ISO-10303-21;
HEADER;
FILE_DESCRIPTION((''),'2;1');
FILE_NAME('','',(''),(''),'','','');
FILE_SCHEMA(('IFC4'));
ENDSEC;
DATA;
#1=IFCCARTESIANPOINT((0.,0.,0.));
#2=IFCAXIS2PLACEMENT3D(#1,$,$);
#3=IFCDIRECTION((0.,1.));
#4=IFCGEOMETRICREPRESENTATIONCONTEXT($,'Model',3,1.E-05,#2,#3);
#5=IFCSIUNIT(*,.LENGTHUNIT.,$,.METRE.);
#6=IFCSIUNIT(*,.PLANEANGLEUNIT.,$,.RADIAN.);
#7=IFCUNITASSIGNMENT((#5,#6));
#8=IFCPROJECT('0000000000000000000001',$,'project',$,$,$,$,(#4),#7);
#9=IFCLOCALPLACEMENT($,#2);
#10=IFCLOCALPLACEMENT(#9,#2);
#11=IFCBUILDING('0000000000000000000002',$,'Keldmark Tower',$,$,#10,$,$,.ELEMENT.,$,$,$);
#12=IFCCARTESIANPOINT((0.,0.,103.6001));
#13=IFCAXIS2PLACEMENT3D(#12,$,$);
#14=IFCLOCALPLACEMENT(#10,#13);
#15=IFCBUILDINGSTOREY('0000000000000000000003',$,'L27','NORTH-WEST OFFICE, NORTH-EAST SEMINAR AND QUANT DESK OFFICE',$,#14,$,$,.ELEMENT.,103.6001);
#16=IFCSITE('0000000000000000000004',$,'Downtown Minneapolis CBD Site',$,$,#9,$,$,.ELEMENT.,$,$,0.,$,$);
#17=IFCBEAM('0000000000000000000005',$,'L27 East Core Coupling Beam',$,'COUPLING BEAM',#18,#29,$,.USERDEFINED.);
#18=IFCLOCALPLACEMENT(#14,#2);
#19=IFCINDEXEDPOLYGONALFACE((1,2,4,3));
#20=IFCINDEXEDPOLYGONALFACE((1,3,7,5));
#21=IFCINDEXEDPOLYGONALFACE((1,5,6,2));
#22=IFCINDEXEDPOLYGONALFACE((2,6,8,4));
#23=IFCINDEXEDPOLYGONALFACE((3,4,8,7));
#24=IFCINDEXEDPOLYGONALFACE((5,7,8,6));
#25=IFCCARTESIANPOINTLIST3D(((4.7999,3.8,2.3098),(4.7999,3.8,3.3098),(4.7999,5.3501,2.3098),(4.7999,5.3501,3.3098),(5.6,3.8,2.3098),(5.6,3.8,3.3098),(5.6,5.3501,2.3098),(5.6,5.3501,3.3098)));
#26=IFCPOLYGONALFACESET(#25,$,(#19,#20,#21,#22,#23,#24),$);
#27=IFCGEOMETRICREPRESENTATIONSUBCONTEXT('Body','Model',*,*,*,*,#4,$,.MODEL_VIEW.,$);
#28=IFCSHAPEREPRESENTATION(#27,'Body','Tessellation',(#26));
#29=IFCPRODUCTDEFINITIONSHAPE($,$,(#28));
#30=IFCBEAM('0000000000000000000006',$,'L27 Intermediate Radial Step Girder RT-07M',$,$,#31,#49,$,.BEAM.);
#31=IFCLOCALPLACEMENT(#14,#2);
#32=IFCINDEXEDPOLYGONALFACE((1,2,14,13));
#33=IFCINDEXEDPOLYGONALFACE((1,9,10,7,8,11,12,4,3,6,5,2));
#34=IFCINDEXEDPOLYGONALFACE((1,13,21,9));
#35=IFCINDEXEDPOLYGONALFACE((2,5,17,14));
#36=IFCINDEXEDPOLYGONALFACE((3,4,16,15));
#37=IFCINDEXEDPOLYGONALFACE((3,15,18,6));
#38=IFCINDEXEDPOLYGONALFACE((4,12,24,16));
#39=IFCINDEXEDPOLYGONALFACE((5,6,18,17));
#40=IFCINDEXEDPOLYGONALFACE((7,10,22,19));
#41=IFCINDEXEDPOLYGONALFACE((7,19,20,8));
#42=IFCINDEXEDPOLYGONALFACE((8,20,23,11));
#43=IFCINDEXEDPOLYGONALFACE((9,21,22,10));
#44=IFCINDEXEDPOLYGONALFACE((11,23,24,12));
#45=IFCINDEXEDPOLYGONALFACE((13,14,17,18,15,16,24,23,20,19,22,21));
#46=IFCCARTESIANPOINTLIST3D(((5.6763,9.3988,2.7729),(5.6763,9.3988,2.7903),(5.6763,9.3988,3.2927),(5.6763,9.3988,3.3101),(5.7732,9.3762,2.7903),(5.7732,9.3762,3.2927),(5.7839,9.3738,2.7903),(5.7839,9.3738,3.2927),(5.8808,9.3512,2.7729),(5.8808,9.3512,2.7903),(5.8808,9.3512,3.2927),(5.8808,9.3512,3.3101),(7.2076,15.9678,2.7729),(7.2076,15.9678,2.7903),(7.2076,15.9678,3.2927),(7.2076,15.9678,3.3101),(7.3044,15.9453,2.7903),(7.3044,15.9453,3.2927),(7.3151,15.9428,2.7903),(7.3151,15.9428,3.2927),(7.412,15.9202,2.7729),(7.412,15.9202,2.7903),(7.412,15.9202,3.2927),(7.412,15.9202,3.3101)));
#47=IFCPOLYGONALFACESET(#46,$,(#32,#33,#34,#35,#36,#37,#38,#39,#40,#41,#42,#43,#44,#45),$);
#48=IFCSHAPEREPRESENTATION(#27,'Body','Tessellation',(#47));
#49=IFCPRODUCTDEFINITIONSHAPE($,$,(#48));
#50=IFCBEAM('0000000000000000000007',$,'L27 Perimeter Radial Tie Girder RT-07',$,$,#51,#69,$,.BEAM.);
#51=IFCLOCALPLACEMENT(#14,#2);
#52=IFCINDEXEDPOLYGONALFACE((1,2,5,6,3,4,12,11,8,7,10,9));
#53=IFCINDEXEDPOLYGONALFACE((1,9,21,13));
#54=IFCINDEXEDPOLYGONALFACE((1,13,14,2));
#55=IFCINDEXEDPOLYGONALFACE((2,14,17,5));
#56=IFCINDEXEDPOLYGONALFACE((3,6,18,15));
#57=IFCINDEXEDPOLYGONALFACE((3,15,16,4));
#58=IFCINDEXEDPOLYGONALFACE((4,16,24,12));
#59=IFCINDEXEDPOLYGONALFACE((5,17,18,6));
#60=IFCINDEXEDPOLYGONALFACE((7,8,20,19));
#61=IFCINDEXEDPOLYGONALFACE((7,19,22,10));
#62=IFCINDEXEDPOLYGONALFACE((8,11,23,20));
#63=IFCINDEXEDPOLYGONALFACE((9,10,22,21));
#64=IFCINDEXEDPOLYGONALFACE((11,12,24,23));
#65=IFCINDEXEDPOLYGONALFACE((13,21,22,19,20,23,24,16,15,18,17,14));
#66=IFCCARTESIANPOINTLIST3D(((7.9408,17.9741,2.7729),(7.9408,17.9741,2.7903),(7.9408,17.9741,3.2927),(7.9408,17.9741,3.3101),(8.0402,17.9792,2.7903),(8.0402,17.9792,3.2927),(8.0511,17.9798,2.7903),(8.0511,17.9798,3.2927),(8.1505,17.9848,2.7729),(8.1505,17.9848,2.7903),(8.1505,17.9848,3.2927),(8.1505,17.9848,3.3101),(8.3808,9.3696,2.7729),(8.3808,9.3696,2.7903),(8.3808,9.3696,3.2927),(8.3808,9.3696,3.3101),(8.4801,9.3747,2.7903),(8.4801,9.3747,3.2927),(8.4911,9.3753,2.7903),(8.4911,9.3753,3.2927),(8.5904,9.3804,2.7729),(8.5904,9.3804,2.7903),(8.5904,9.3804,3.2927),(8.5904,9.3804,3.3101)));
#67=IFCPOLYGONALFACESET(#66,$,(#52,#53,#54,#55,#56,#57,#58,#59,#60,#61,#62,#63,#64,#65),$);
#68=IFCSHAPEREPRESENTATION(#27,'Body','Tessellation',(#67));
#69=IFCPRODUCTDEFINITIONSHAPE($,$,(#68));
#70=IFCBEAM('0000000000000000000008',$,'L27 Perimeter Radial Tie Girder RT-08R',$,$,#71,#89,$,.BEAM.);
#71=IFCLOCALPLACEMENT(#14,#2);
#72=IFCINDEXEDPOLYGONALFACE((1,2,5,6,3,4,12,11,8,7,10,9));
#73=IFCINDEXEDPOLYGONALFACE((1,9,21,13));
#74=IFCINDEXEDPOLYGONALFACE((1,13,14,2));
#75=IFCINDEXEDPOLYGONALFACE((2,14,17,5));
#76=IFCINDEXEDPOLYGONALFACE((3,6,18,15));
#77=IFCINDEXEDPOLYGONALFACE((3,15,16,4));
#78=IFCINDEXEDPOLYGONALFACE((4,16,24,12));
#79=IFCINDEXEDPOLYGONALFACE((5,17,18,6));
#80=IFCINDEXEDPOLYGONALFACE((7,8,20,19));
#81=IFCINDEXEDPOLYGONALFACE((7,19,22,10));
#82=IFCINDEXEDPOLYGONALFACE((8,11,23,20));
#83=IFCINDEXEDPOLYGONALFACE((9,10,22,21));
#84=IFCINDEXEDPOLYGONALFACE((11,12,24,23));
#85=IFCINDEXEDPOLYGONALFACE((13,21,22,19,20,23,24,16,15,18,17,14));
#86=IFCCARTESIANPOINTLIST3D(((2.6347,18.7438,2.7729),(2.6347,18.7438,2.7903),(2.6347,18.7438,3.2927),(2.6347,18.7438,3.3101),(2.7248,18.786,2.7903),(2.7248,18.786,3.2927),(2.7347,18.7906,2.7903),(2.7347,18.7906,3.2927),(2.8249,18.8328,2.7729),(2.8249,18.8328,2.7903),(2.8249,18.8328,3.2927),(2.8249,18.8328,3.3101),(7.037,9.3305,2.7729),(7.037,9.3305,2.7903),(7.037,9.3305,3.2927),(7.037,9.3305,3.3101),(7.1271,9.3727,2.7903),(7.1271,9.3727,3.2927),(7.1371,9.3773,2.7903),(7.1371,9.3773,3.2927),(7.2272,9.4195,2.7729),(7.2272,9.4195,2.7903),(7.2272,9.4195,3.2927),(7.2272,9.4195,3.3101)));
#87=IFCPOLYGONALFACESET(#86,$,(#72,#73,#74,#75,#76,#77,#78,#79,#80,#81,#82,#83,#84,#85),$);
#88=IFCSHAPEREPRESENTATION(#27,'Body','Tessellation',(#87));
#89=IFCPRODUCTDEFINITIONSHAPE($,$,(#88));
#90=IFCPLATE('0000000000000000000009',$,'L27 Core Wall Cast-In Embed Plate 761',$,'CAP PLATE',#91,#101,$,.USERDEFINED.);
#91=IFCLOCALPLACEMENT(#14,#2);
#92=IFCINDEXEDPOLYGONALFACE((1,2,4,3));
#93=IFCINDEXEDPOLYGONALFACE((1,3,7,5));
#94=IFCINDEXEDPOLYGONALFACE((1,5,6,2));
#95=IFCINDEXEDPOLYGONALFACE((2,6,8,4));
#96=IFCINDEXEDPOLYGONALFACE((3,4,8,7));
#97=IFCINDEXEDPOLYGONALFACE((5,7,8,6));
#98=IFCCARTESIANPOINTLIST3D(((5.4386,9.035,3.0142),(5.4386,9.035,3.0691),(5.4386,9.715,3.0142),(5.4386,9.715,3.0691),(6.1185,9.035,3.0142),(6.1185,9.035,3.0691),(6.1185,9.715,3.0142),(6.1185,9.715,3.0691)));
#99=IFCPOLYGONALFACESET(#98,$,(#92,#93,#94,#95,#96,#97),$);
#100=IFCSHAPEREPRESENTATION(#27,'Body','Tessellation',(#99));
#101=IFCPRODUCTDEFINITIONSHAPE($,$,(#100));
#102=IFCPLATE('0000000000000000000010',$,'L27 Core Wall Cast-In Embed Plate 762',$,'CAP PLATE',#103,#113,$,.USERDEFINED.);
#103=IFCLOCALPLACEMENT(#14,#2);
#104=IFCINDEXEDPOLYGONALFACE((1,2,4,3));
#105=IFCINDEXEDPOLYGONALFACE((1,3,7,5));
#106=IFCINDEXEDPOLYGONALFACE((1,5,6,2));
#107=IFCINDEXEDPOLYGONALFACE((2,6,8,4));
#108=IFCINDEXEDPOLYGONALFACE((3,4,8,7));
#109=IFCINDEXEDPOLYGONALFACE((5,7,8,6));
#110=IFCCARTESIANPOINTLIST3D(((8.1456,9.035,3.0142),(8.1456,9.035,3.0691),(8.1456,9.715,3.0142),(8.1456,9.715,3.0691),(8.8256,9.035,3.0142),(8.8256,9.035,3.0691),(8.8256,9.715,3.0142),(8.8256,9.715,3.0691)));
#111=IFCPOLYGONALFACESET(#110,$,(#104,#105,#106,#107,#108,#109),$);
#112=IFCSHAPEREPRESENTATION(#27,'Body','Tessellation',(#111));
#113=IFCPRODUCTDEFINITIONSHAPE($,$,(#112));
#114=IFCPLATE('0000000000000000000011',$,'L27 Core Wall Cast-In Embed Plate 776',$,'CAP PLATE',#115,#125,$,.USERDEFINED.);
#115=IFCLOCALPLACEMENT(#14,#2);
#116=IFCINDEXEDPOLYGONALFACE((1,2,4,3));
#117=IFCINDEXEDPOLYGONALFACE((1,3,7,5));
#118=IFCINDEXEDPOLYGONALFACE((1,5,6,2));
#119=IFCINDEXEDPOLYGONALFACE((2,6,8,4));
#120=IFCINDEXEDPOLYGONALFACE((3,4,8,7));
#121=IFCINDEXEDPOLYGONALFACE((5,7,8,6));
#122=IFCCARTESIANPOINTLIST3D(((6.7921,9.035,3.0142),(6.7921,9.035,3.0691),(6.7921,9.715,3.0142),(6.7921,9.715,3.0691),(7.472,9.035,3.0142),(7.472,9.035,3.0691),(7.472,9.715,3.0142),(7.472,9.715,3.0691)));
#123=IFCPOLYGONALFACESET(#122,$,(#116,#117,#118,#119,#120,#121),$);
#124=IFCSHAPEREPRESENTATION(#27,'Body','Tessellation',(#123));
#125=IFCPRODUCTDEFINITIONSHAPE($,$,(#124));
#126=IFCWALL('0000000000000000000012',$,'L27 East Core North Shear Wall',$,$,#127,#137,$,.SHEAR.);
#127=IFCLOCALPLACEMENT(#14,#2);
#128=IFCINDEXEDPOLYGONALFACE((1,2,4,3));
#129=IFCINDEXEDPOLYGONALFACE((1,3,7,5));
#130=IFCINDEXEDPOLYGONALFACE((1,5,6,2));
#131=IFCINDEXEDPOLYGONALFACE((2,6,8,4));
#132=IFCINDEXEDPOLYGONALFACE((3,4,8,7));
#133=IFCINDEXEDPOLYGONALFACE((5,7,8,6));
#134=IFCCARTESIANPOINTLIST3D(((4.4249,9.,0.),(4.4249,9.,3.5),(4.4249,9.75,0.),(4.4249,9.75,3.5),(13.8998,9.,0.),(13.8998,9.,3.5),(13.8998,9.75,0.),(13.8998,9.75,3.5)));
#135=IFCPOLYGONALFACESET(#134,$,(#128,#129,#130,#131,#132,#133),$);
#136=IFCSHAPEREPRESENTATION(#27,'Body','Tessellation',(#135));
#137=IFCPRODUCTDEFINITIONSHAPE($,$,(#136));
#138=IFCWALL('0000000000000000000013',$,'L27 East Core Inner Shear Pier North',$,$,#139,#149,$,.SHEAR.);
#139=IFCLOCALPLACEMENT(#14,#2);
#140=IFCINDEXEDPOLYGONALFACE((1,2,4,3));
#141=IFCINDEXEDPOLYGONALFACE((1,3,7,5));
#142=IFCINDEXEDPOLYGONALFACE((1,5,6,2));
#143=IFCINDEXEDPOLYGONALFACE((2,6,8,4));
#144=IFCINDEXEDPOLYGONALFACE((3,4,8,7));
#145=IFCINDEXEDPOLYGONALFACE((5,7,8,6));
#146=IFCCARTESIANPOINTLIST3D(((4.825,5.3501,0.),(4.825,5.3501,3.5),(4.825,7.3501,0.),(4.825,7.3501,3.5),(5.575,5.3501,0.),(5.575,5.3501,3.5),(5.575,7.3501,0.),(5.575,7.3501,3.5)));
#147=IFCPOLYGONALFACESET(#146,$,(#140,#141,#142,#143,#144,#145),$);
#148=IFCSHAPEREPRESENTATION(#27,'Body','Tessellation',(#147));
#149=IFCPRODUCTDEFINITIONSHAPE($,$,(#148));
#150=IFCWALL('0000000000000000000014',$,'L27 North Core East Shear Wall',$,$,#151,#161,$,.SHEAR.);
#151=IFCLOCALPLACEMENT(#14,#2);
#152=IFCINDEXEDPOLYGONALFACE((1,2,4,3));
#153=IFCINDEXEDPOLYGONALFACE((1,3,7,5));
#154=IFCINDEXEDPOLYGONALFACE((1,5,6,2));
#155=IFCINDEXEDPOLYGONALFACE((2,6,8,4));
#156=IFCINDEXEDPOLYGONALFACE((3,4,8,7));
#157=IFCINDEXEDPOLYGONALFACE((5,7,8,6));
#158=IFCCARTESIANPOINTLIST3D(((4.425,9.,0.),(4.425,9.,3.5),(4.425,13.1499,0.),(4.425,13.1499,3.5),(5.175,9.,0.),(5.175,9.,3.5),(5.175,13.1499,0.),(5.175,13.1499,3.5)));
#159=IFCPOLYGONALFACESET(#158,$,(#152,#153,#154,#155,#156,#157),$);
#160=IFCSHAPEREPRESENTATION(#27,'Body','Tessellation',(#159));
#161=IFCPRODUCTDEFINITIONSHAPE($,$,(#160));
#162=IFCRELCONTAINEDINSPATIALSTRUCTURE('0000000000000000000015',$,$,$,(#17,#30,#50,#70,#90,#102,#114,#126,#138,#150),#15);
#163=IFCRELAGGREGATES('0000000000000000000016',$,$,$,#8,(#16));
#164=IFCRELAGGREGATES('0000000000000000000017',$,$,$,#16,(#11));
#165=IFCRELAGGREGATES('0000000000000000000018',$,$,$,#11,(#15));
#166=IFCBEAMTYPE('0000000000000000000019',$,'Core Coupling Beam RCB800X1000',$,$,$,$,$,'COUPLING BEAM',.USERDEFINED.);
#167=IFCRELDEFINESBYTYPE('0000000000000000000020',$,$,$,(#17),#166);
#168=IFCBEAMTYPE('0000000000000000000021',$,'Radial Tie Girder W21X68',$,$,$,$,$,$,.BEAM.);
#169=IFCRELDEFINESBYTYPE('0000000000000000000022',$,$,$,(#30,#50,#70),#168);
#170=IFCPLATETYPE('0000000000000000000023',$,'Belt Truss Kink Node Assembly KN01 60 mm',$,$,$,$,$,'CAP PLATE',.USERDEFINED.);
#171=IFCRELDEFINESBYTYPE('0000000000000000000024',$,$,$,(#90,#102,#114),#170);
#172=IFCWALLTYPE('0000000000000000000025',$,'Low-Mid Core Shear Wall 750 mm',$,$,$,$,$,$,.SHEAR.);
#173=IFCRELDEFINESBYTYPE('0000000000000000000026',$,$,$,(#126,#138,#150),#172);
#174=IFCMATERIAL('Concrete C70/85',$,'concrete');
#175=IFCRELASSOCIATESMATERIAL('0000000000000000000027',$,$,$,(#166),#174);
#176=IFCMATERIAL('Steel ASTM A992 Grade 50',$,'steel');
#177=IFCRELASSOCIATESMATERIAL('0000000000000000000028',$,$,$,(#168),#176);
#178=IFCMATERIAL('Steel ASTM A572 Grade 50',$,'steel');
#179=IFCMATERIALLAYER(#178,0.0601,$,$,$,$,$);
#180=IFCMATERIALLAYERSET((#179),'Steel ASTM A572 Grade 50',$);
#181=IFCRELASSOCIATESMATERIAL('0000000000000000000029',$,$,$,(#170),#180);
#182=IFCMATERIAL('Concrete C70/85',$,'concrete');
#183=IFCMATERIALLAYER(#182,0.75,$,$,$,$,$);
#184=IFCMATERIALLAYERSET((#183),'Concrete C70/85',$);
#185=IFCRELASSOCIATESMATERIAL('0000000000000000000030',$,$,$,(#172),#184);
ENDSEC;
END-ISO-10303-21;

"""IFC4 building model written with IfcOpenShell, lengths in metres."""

from ifc_helpers import new_model, si_unit, direction, frame, frame_2d, origin, origin_2d, place, context, subcontext, project, spatial, rectangle, i_section, extrude, material, layer, layer_set, material_profile, profile_set, type_object, element, save


model = new_model("IFC4")

# Units and contexts
model_context = context("Model", 3, precision=1e-05, world=origin(), true_north=direction((0.0, 1.0)))
body_context = subcontext(model_context, "Body", "Model", "MODEL_VIEW")
ifc_project = project(units=[si_unit("LENGTHUNIT", "METRE"), si_unit("PLANEANGLEUNIT", "RADIAN")], contexts=[model_context])

# Site, building, storey
site_placement = place(None, origin())
site = spatial("IfcSite", under=ifc_project, at=site_placement, Name="Downtown Minneapolis CBD Site", CompositionType="ELEMENT", RefElevation=0.0)
building_placement = place(site_placement, origin())
building = spatial("IfcBuilding", under=site, at=building_placement, Name="Keldmark Tower", CompositionType="ELEMENT")
storey_placement = place(building_placement, frame((0.0, 0.0, 103.6001)))
storey = spatial("IfcBuildingStorey", under=building, at=storey_placement, Name="L27", Description="NORTH-WEST OFFICE, NORTH-EAST SEMINAR AND QUANT DESK OFFICE", CompositionType="ELEMENT", Elevation=103.6001)

# Beams
ifc_material_1 = material(Name="Concrete C70/85", Category="concrete")
ifc_material_profile_1 = material_profile(ifc_material_1, rectangle(XDim=0.8, YDim=1.0, at=origin_2d()), Name="RCB800X1000")
ifc_profile_set_1 = profile_set([ifc_material_profile_1], Name="Concrete C70/85")
beam_type_1 = type_object("IfcBeamType", Name="Core Coupling Beam RCB800X1000", ElementType="COUPLING BEAM", PredefinedType="USERDEFINED", material=ifc_profile_set_1)
beam_1_placement = place(storey_placement, frame((5.2, 3.8, 2.8098), z_axis=(0.0, 1.0, 0.0), x_axis=(-1.0, 0.0, 0.0)))
element("IfcBeam", 1, at=beam_1_placement, inside=storey, type_object=beam_type_1, Name="L27 East Core Coupling Beam", ObjectType="COUPLING BEAM", PredefinedType="USERDEFINED", context=body_context, shape_type="SweptSolid", body=[
    extrude(rectangle(XDim=0.8, YDim=1.0, at=origin_2d()), origin(), (0.0, 0.0, 1.0), 1.55),
])
ifc_material_2 = material(Name="Steel ASTM A992 Grade 50", Category="steel")
ifc_material_profile_2 = material_profile(ifc_material_2, i_section(OverallWidth=0.21, OverallDepth=0.5371, WebThickness=0.011, FlangeThickness=0.0173, at=origin_2d()), Name="W21X68")
ifc_profile_set_2 = profile_set([ifc_material_profile_2], Name="Steel ASTM A992 Grade 50")
beam_type_2 = type_object("IfcBeamType", Name="Radial Tie Girder W21X68", PredefinedType="BEAM", material=ifc_profile_set_2)
beam_2_placement = place(storey_placement, frame((5.7786, 9.375, 3.0415), z_axis=(0.227013, 0.973892, 0.0), x_axis=(-0.973892, 0.227013, 0.0)))
element("IfcBeam", 2, at=beam_2_placement, inside=storey, type_object=beam_type_2, Name="L27 Intermediate Radial Step Girder RT-07M", PredefinedType="BEAM", context=body_context, shape_type="SweptSolid", body=[
    extrude(i_section(OverallWidth=0.21, OverallDepth=0.5371, WebThickness=0.011, FlangeThickness=0.0173, at=origin_2d()), origin(), (0.0, 0.0, 1.0), 6.7451),
])
beam_3_placement = place(storey_placement, frame((8.4856, 9.375, 3.0415), z_axis=(-0.051063, 0.998695, 0.0), x_axis=(-0.998695, -0.051063, 0.0)))
element("IfcBeam", 3, at=beam_3_placement, inside=storey, type_object=beam_type_2, Name="L27 Perimeter Radial Tie Girder RT-07", PredefinedType="BEAM", context=body_context, shape_type="SweptSolid", body=[
    extrude(i_section(OverallWidth=0.21, OverallDepth=0.5371, WebThickness=0.011, FlangeThickness=0.0173, at=origin_2d()), origin(), (0.0, 0.0, 1.0), 8.6157),
])
beam_4_placement = place(storey_placement, frame((7.1321, 9.375, 3.0415), z_axis=(-0.423633, 0.905834, 0.0), x_axis=(-0.905834, -0.423633, 0.0)))
element("IfcBeam", 4, at=beam_4_placement, inside=storey, type_object=beam_type_2, Name="L27 Perimeter Radial Tie Girder RT-08R", PredefinedType="BEAM", context=body_context, shape_type="SweptSolid", body=[
    extrude(i_section(OverallWidth=0.21, OverallDepth=0.5371, WebThickness=0.011, FlangeThickness=0.0173, at=origin_2d()), origin(), (0.0, 0.0, 1.0), 10.3918),
])

# Plates
ifc_material_3 = material(Name="Steel ASTM A572 Grade 50", Category="steel")
ifc_layer_1 = layer(ifc_material_3, 0.0601)
ifc_layer_set_1 = layer_set([ifc_layer_1], Name="Steel ASTM A572 Grade 50")
plate_type = type_object("IfcPlateType", Name="Belt Truss Kink Node Assembly KN01 60 mm", ElementType="CAP PLATE", PredefinedType="USERDEFINED", material=ifc_layer_set_1)
for number, where, z_axis, x_axis, name in (
    (5, (5.7786, 9.375, 3.0142), (0.0, 0.0, 1.0), (1.0, 0.0, 0.0), "L27 Core Wall Cast-In Embed Plate 761"),
    (6, (8.4856, 9.375, 3.0142), (0.0, 0.0, 1.0), (1.0, 0.0, 0.0), "L27 Core Wall Cast-In Embed Plate 762"),
    (7, (7.1321, 9.375, 3.0142), (0.0, 0.0, 1.0), (1.0, 0.0, 0.0), "L27 Core Wall Cast-In Embed Plate 776"),
):
    element("IfcPlate", number, at=place(storey_placement, frame(where, z_axis=z_axis, x_axis=x_axis)), inside=storey, type_object=plate_type, Name=name, ObjectType="CAP PLATE", PredefinedType="USERDEFINED", context=body_context, shape_type="SweptSolid", body=[
        extrude(rectangle(XDim=0.6799, YDim=0.6799, at=origin_2d()), origin(), (0.0, 0.0, 1.0), 0.0549),
    ])

# Walls
ifc_material_4 = material(Name="Concrete C70/85", Category="concrete")
ifc_layer_2 = layer(ifc_material_4, 0.75)
ifc_layer_set_2 = layer_set([ifc_layer_2], Name="Concrete C70/85")
wall_type_1 = type_object("IfcWallType", Name="Low-Mid Core Shear Wall 750 mm", PredefinedType="SHEAR", material=ifc_layer_set_2)
wall_1_placement = place(storey_placement, frame((4.425, 9.375, 0.0), z_axis=(0.0, 0.0, 1.0), x_axis=(1.0, 0.0, 0.0)))
element("IfcWall", 8, at=wall_1_placement, inside=storey, type_object=wall_type_1, Name="L27 East Core North Shear Wall", PredefinedType="SHEAR", context=body_context, shape_type="SweptSolid", body=[
    extrude(rectangle(XDim=9.4749, YDim=0.75, at=frame_2d((4.7373, 0.0))), origin(), (0.0, 0.0, 1.0), 3.5),
])
wall_2_placement = place(storey_placement, frame((5.2, 5.3501, 0.0), z_axis=(0.0, 0.0, 1.0), x_axis=(0.0, 1.0, 0.0)))
element("IfcWall", 9, at=wall_2_placement, inside=storey, type_object=wall_type_1, Name="L27 East Core Inner Shear Pier North", PredefinedType="SHEAR", context=body_context, shape_type="SweptSolid", body=[
    extrude(rectangle(XDim=2.0, YDim=0.75, at=frame_2d((1.0, 0.0))), origin(), (0.0, 0.0, 1.0), 3.5),
])
wall_3_placement = place(storey_placement, frame((4.8, 9.0, 0.0), z_axis=(0.0, 0.0, 1.0), x_axis=(0.0, 1.0, 0.0)))
element("IfcWall", 10, at=wall_3_placement, inside=storey, type_object=wall_type_1, Name="L27 North Core East Shear Wall", PredefinedType="SHEAR", context=body_context, shape_type="SweptSolid", body=[
    extrude(rectangle(XDim=4.1499, YDim=0.75, at=frame_2d((2.075, 0.0))), origin(), (0.0, 0.0, 1.0), 3.5),
])

save(model, "model.ifc")
